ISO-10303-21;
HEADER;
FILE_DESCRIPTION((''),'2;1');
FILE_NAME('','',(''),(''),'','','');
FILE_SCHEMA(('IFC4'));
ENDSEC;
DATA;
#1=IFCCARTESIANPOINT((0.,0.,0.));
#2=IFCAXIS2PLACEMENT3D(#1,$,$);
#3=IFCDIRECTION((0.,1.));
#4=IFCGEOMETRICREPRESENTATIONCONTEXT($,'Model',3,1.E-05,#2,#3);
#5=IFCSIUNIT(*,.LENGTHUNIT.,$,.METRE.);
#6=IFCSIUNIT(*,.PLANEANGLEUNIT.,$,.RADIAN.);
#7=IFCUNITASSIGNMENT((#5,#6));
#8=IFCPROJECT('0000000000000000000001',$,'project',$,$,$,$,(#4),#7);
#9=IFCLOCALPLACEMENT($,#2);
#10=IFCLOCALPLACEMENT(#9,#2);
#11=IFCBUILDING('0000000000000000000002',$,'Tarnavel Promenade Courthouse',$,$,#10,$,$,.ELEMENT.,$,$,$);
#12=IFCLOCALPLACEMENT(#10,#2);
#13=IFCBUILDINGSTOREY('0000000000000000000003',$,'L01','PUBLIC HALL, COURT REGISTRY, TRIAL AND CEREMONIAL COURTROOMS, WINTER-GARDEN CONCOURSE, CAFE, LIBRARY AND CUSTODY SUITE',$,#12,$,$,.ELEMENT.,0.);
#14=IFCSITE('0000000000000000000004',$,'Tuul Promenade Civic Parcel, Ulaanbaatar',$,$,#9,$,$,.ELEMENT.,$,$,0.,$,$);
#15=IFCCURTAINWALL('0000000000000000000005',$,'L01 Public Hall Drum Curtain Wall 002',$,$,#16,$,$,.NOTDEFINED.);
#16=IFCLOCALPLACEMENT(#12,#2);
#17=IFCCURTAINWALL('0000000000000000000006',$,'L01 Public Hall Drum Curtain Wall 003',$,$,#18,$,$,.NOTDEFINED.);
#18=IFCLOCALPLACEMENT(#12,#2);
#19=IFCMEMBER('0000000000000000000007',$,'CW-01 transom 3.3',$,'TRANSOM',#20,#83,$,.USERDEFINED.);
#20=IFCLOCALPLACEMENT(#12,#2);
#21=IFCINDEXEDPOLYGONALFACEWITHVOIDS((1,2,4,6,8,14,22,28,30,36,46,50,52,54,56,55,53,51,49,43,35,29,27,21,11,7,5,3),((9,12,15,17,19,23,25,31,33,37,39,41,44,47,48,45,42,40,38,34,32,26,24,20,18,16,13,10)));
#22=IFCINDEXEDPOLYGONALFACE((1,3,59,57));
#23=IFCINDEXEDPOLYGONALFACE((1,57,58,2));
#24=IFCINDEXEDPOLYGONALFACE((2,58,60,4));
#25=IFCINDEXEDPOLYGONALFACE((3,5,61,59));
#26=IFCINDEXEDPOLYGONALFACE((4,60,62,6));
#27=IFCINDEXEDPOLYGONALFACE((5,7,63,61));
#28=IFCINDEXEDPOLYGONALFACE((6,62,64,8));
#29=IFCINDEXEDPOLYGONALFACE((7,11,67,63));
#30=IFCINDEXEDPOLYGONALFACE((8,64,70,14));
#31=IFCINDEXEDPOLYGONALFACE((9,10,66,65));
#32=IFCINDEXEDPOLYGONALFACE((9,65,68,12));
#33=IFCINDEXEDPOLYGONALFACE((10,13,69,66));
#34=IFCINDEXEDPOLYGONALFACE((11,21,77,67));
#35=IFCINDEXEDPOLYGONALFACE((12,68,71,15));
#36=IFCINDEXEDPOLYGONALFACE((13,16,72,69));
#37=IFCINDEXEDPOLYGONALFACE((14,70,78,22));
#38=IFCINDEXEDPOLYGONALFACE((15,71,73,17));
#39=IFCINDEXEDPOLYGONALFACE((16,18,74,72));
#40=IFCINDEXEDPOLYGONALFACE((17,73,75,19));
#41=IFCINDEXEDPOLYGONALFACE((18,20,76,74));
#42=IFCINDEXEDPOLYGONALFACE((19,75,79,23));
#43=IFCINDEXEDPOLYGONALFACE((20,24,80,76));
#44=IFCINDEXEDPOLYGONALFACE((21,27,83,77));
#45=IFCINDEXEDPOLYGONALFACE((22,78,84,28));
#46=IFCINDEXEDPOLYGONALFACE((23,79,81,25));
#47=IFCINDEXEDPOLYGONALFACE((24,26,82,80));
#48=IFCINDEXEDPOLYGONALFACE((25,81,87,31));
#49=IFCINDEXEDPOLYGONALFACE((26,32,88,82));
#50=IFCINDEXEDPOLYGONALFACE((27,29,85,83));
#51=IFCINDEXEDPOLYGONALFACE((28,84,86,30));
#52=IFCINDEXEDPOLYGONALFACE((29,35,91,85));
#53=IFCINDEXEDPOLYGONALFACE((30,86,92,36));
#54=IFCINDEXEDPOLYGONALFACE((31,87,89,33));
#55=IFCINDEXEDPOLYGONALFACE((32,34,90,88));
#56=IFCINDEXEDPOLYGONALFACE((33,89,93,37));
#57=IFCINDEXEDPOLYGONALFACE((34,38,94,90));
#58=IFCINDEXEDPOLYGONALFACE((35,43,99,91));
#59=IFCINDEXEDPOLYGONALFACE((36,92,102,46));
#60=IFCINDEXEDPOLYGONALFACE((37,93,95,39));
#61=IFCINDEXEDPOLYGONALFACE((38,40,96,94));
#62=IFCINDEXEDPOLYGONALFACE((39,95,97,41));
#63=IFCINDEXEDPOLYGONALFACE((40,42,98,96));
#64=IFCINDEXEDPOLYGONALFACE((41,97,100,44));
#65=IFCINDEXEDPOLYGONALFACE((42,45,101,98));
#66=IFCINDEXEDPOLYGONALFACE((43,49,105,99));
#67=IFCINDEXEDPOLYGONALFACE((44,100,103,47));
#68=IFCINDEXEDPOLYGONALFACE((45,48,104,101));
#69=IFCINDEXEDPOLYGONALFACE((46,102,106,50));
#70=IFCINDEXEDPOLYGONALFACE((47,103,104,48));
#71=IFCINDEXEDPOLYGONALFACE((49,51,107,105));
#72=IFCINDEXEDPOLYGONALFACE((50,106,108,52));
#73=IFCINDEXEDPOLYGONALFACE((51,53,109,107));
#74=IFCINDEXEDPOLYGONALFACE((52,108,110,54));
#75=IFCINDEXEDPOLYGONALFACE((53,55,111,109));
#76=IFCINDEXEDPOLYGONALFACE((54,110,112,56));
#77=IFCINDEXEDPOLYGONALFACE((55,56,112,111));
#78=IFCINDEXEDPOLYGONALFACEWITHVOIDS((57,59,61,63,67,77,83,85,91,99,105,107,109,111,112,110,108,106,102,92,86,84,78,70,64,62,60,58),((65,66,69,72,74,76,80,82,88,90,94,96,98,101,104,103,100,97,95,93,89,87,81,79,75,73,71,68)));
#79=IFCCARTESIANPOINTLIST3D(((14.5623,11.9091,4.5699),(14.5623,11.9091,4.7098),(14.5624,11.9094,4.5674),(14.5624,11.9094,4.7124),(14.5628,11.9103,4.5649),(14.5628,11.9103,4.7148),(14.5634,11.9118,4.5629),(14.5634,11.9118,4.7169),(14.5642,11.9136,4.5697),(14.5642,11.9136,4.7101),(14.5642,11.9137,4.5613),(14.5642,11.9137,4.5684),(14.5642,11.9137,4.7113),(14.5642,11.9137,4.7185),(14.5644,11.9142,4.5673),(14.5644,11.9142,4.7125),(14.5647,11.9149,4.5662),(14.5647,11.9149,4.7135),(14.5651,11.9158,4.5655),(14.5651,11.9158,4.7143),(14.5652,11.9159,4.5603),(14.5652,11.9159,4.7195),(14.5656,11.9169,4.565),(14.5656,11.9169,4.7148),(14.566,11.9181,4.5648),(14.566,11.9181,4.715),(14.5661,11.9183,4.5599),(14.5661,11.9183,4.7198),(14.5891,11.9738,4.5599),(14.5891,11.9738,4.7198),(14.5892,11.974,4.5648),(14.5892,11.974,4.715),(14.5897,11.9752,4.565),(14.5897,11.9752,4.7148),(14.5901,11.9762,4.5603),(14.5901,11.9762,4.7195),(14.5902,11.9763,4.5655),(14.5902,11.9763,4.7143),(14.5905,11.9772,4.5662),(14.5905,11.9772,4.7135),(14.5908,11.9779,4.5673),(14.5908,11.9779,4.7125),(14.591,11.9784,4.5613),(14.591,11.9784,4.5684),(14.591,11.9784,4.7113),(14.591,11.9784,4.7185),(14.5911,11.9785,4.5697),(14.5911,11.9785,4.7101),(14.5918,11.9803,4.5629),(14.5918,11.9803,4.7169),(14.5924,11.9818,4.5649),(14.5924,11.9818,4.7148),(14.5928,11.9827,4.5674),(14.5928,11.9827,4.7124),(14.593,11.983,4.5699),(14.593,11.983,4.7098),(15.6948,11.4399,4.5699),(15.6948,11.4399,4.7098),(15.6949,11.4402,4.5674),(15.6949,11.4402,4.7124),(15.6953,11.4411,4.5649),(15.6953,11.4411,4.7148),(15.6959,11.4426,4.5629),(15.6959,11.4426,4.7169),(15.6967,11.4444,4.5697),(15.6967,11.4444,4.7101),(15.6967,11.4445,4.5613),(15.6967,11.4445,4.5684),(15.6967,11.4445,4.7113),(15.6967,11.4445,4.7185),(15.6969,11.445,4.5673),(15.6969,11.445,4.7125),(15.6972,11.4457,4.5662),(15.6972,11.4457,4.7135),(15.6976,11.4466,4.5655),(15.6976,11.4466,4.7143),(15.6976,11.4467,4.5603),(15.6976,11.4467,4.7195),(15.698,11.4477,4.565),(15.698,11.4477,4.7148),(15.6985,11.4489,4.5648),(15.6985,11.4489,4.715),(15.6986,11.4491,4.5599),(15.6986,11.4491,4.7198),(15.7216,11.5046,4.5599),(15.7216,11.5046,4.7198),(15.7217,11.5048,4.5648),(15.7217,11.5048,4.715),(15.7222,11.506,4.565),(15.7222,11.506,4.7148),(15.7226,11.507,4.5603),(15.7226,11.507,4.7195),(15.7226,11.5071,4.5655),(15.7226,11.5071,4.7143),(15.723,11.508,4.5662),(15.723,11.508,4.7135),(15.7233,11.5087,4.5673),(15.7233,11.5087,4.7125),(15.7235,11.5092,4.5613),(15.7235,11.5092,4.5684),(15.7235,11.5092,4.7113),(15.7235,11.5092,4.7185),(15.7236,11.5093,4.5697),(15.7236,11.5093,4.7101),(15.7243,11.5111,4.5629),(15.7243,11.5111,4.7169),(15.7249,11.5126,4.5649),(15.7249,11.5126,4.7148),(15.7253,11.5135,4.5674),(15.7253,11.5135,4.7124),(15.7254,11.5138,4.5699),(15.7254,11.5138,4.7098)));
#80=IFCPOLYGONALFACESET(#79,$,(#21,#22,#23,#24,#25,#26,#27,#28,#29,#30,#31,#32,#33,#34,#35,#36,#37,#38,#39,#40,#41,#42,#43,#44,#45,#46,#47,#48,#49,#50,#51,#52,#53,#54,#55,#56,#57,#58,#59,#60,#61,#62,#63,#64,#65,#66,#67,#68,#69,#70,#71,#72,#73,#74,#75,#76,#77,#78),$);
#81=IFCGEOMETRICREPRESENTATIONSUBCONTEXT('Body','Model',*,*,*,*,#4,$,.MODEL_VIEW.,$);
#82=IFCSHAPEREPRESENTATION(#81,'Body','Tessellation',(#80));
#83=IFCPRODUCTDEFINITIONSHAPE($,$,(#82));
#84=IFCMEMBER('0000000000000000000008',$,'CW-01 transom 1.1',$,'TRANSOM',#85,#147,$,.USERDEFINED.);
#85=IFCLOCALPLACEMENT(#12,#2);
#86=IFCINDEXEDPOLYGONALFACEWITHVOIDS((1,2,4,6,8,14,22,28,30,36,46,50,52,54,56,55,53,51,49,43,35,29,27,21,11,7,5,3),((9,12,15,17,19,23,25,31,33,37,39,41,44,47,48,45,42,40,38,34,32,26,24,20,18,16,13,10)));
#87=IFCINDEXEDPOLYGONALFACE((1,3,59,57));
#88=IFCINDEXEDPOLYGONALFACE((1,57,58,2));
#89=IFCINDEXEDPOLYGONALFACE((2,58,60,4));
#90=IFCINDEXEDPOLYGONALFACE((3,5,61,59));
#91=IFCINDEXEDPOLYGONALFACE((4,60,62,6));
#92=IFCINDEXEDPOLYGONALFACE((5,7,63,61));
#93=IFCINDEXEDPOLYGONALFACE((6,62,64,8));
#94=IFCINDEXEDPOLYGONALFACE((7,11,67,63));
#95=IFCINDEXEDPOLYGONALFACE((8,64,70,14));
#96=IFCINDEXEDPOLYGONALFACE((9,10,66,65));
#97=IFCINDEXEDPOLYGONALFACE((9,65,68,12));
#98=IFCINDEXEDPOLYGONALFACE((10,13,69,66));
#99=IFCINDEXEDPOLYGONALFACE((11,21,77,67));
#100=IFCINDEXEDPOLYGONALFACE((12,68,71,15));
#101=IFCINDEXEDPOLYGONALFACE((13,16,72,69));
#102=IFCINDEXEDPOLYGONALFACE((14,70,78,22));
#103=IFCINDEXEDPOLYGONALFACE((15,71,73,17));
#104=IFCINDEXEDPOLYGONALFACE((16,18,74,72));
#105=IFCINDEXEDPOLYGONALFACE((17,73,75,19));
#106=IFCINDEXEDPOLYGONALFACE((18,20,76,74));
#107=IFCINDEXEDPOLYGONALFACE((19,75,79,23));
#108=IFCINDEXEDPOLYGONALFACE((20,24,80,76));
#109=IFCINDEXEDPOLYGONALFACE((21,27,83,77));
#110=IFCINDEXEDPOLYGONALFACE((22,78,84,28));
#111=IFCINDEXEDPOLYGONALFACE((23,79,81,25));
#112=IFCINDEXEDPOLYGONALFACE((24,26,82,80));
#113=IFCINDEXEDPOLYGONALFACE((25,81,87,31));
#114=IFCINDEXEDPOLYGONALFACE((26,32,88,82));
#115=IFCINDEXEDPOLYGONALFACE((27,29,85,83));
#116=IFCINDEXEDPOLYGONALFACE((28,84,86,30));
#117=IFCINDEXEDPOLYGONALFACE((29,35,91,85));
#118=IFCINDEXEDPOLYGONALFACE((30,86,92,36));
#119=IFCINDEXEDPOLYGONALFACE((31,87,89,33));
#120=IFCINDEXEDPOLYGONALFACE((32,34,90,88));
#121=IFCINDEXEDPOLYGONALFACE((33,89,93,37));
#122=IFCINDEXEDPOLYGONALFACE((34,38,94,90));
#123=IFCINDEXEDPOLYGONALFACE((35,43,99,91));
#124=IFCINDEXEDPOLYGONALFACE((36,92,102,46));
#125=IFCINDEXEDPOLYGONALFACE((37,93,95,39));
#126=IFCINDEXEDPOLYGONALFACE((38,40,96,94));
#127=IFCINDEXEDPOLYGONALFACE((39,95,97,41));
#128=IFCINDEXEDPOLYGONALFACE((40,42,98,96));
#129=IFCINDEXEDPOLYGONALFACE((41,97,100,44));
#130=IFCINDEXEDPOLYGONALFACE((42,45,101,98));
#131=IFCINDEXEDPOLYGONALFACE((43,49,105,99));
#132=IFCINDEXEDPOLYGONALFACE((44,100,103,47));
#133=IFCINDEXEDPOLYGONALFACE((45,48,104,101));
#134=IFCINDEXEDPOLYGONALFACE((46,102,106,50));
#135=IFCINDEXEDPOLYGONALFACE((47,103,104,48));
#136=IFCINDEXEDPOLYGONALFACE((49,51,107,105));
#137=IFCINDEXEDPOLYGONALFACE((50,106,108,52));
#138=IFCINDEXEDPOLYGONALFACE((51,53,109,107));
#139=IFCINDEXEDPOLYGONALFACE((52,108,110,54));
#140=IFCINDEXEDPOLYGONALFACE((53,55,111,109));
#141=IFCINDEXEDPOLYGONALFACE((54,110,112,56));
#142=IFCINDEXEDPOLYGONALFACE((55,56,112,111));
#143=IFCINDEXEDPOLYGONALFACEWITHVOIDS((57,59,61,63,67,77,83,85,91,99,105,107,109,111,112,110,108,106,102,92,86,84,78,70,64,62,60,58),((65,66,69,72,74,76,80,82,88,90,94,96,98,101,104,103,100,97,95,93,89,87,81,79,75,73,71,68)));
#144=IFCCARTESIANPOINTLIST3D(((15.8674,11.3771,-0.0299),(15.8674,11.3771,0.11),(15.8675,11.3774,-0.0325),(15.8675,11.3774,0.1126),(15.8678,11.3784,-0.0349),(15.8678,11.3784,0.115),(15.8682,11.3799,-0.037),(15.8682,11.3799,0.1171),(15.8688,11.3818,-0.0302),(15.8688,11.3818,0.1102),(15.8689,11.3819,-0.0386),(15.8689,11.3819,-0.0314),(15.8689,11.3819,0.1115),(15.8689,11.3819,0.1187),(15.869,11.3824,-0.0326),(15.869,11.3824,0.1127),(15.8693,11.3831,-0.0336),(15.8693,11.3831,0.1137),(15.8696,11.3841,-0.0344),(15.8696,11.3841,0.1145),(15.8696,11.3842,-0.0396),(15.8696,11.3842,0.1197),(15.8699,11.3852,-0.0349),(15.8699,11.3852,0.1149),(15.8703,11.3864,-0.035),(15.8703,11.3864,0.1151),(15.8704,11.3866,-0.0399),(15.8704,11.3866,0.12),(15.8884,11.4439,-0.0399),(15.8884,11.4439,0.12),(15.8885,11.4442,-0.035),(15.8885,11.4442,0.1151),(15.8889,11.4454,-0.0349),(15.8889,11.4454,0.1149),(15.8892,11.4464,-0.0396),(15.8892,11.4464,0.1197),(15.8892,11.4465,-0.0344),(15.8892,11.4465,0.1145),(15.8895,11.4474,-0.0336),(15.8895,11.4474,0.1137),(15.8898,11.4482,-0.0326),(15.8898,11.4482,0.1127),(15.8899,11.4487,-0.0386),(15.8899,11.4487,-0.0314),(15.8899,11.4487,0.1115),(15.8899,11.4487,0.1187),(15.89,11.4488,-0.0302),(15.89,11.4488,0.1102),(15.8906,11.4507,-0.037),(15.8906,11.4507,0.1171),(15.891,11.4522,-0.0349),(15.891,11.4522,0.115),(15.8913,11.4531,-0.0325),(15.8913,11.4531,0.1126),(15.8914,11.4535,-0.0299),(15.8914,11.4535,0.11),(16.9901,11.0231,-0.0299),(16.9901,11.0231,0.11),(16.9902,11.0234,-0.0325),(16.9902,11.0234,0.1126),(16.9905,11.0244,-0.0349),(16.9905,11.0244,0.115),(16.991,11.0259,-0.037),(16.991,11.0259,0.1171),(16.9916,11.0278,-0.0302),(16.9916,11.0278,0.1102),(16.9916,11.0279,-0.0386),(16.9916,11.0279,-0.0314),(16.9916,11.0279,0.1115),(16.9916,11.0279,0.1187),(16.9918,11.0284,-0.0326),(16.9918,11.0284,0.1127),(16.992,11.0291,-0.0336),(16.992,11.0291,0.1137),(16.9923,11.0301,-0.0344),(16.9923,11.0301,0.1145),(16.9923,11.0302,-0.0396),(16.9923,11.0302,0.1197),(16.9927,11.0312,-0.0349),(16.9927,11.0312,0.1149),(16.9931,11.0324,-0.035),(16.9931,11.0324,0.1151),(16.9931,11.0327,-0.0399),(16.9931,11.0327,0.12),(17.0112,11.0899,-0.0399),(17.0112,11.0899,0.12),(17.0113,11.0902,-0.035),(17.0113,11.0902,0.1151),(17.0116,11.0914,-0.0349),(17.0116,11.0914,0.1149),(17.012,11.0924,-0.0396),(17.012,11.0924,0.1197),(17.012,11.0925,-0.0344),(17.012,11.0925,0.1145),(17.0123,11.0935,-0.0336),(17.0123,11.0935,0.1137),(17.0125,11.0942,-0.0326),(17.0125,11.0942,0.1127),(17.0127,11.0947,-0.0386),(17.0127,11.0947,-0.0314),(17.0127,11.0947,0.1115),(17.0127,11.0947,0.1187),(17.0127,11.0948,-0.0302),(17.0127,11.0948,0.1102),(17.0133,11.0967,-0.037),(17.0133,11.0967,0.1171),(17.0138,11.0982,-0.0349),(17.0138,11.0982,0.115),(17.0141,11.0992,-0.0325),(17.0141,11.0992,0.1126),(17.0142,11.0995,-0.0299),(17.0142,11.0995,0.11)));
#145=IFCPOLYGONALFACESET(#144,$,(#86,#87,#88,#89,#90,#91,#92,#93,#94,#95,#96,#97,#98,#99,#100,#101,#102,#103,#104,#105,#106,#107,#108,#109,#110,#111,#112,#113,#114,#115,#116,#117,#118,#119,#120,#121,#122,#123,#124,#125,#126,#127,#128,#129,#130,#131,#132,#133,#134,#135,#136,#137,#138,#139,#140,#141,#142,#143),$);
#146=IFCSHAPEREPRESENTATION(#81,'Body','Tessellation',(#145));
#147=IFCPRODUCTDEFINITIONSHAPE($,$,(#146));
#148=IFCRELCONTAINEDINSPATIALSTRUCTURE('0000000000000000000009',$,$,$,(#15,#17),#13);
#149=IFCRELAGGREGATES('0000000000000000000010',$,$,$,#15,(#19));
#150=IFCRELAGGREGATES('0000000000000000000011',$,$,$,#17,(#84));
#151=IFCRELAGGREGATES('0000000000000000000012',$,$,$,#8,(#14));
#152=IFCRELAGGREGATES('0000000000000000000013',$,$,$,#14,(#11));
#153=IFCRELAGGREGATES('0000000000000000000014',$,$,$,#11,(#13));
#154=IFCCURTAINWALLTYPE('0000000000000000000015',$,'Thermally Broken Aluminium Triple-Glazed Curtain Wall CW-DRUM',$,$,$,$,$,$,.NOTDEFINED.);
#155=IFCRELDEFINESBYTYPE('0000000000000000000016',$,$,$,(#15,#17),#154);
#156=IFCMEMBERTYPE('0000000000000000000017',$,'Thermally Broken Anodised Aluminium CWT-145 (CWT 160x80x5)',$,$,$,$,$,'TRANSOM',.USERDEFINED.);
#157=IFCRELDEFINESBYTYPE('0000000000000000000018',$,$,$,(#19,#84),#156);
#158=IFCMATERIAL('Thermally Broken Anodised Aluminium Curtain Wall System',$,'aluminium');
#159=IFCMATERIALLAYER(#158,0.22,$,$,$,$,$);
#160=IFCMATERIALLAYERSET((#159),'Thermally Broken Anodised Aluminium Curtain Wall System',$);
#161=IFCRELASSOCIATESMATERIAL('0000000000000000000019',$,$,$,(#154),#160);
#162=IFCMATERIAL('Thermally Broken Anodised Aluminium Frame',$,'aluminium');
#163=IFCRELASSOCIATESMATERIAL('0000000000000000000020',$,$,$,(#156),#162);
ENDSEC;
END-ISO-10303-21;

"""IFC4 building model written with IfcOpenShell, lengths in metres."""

from ifc_helpers import new_model, si_unit, direction, frame, origin, origin_2d, place, context, subcontext, project, spatial, hollow_rectangle, extrude, material, layer, layer_set, material_profile, profile_set, type_object, element, aggregate, save


model = new_model("IFC4")

# Units and contexts
model_context = context("Model", 3, precision=1e-05, world=origin(), true_north=direction((0.0, 1.0)))
body_context = subcontext(model_context, "Body", "Model", "MODEL_VIEW")
ifc_project = project(units=[si_unit("LENGTHUNIT", "METRE"), si_unit("PLANEANGLEUNIT", "RADIAN")], contexts=[model_context])

# Site, building, storey
site_placement = place(None, origin())
site = spatial("IfcSite", under=ifc_project, at=site_placement, Name="Tuul Promenade Civic Parcel, Ulaanbaatar", CompositionType="ELEMENT", RefElevation=0.0)
building_placement = place(site_placement, origin())
building = spatial("IfcBuilding", under=site, at=building_placement, Name="Tarnavel Promenade Courthouse", CompositionType="ELEMENT")
storey_placement = place(building_placement, origin())
storey = spatial("IfcBuildingStorey", under=building, at=storey_placement, Name="L01", Description="PUBLIC HALL, COURT REGISTRY, TRIAL AND CEREMONIAL COURTROOMS, WINTER-GARDEN CONCOURSE, CAFE, LIBRARY AND CUSTODY SUITE", CompositionType="ELEMENT", Elevation=0.0)

# Curtain walls
ifc_material_1 = material(Name="Thermally Broken Anodised Aluminium Curtain Wall System", Category="aluminium")
ifc_layer_1 = layer(ifc_material_1, 0.22)
ifc_layer_set_1 = layer_set([ifc_layer_1], Name="Thermally Broken Anodised Aluminium Curtain Wall System")
curtain_wall_type = type_object("IfcCurtainWallType", Name="Thermally Broken Aluminium Triple-Glazed Curtain Wall CW-DRUM", PredefinedType="NOTDEFINED", material=ifc_layer_set_1)
curtain_wall_1_placement = place(storey_placement, origin())
curtain_wall_1 = element("IfcCurtainWall", 1, at=curtain_wall_1_placement, inside=storey, type_object=curtain_wall_type, Name="L01 Public Hall Drum Curtain Wall 002", PredefinedType="NOTDEFINED")
ifc_material_2 = material(Name="Thermally Broken Anodised Aluminium Frame", Category="aluminium")
curtain_wall_2_placement = place(storey_placement, origin())
curtain_wall_2 = element("IfcCurtainWall", 2, at=curtain_wall_2_placement, inside=storey, type_object=curtain_wall_type, Name="L01 Public Hall Drum Curtain Wall 003", PredefinedType="NOTDEFINED")

# Members
ifc_material_profile_1 = material_profile(ifc_material_2, hollow_rectangle(XDim=0.0801, YDim=0.1599, WallThickness=0.0049, InnerFilletRadius=0.0049, OuterFilletRadius=0.01, at=origin_2d()), Name="CWT 160x80x5")
ifc_profile_set_1 = profile_set([ifc_material_profile_1], Name="Thermally Broken Anodised Aluminium Frame")
member_type_1 = type_object("IfcMemberType", Name="Thermally Broken Anodised Aluminium CWT-145 (CWT 160x80x5)", ElementType="TRANSOM", PredefinedType="USERDEFINED", material=ifc_profile_set_1)
member_1_placement = place(storey_placement, frame((14.5776, 11.946, 4.6399), z_axis=(0.923847, -0.382762, 0.0), x_axis=(0.382762, 0.923847, 0.0)))
member_1 = element("IfcMember", 3, at=member_1_placement, type_object=member_type_1, Name="CW-01 transom 3.3", ObjectType="TRANSOM", PredefinedType="USERDEFINED", context=body_context, shape_type="SweptSolid", body=[
    extrude(hollow_rectangle(XDim=0.0801, YDim=0.1599, WallThickness=0.0049, InnerFilletRadius=0.0049, OuterFilletRadius=0.01, at=origin_2d()), origin(), (0.0, 0.0, 1.0), 1.2258),
])
member_2_placement = place(storey_placement, frame((15.8794, 11.4153, 0.04), z_axis=(0.95372, -0.300695, 0.0), x_axis=(0.300695, 0.95372, 0.0)))
member_2 = element("IfcMember", 4, at=member_2_placement, type_object=member_type_1, Name="CW-01 transom 1.1", ObjectType="TRANSOM", PredefinedType="USERDEFINED", context=body_context, shape_type="SweptSolid", body=[
    extrude(hollow_rectangle(XDim=0.0801, YDim=0.1599, WallThickness=0.0049, InnerFilletRadius=0.0049, OuterFilletRadius=0.01, at=origin_2d()), origin(), (0.0, 0.0, 1.0), 1.1772),
])

aggregate(curtain_wall_1, [member_1])
aggregate(curtain_wall_2, [member_2])

save(model, "model.ifc")
